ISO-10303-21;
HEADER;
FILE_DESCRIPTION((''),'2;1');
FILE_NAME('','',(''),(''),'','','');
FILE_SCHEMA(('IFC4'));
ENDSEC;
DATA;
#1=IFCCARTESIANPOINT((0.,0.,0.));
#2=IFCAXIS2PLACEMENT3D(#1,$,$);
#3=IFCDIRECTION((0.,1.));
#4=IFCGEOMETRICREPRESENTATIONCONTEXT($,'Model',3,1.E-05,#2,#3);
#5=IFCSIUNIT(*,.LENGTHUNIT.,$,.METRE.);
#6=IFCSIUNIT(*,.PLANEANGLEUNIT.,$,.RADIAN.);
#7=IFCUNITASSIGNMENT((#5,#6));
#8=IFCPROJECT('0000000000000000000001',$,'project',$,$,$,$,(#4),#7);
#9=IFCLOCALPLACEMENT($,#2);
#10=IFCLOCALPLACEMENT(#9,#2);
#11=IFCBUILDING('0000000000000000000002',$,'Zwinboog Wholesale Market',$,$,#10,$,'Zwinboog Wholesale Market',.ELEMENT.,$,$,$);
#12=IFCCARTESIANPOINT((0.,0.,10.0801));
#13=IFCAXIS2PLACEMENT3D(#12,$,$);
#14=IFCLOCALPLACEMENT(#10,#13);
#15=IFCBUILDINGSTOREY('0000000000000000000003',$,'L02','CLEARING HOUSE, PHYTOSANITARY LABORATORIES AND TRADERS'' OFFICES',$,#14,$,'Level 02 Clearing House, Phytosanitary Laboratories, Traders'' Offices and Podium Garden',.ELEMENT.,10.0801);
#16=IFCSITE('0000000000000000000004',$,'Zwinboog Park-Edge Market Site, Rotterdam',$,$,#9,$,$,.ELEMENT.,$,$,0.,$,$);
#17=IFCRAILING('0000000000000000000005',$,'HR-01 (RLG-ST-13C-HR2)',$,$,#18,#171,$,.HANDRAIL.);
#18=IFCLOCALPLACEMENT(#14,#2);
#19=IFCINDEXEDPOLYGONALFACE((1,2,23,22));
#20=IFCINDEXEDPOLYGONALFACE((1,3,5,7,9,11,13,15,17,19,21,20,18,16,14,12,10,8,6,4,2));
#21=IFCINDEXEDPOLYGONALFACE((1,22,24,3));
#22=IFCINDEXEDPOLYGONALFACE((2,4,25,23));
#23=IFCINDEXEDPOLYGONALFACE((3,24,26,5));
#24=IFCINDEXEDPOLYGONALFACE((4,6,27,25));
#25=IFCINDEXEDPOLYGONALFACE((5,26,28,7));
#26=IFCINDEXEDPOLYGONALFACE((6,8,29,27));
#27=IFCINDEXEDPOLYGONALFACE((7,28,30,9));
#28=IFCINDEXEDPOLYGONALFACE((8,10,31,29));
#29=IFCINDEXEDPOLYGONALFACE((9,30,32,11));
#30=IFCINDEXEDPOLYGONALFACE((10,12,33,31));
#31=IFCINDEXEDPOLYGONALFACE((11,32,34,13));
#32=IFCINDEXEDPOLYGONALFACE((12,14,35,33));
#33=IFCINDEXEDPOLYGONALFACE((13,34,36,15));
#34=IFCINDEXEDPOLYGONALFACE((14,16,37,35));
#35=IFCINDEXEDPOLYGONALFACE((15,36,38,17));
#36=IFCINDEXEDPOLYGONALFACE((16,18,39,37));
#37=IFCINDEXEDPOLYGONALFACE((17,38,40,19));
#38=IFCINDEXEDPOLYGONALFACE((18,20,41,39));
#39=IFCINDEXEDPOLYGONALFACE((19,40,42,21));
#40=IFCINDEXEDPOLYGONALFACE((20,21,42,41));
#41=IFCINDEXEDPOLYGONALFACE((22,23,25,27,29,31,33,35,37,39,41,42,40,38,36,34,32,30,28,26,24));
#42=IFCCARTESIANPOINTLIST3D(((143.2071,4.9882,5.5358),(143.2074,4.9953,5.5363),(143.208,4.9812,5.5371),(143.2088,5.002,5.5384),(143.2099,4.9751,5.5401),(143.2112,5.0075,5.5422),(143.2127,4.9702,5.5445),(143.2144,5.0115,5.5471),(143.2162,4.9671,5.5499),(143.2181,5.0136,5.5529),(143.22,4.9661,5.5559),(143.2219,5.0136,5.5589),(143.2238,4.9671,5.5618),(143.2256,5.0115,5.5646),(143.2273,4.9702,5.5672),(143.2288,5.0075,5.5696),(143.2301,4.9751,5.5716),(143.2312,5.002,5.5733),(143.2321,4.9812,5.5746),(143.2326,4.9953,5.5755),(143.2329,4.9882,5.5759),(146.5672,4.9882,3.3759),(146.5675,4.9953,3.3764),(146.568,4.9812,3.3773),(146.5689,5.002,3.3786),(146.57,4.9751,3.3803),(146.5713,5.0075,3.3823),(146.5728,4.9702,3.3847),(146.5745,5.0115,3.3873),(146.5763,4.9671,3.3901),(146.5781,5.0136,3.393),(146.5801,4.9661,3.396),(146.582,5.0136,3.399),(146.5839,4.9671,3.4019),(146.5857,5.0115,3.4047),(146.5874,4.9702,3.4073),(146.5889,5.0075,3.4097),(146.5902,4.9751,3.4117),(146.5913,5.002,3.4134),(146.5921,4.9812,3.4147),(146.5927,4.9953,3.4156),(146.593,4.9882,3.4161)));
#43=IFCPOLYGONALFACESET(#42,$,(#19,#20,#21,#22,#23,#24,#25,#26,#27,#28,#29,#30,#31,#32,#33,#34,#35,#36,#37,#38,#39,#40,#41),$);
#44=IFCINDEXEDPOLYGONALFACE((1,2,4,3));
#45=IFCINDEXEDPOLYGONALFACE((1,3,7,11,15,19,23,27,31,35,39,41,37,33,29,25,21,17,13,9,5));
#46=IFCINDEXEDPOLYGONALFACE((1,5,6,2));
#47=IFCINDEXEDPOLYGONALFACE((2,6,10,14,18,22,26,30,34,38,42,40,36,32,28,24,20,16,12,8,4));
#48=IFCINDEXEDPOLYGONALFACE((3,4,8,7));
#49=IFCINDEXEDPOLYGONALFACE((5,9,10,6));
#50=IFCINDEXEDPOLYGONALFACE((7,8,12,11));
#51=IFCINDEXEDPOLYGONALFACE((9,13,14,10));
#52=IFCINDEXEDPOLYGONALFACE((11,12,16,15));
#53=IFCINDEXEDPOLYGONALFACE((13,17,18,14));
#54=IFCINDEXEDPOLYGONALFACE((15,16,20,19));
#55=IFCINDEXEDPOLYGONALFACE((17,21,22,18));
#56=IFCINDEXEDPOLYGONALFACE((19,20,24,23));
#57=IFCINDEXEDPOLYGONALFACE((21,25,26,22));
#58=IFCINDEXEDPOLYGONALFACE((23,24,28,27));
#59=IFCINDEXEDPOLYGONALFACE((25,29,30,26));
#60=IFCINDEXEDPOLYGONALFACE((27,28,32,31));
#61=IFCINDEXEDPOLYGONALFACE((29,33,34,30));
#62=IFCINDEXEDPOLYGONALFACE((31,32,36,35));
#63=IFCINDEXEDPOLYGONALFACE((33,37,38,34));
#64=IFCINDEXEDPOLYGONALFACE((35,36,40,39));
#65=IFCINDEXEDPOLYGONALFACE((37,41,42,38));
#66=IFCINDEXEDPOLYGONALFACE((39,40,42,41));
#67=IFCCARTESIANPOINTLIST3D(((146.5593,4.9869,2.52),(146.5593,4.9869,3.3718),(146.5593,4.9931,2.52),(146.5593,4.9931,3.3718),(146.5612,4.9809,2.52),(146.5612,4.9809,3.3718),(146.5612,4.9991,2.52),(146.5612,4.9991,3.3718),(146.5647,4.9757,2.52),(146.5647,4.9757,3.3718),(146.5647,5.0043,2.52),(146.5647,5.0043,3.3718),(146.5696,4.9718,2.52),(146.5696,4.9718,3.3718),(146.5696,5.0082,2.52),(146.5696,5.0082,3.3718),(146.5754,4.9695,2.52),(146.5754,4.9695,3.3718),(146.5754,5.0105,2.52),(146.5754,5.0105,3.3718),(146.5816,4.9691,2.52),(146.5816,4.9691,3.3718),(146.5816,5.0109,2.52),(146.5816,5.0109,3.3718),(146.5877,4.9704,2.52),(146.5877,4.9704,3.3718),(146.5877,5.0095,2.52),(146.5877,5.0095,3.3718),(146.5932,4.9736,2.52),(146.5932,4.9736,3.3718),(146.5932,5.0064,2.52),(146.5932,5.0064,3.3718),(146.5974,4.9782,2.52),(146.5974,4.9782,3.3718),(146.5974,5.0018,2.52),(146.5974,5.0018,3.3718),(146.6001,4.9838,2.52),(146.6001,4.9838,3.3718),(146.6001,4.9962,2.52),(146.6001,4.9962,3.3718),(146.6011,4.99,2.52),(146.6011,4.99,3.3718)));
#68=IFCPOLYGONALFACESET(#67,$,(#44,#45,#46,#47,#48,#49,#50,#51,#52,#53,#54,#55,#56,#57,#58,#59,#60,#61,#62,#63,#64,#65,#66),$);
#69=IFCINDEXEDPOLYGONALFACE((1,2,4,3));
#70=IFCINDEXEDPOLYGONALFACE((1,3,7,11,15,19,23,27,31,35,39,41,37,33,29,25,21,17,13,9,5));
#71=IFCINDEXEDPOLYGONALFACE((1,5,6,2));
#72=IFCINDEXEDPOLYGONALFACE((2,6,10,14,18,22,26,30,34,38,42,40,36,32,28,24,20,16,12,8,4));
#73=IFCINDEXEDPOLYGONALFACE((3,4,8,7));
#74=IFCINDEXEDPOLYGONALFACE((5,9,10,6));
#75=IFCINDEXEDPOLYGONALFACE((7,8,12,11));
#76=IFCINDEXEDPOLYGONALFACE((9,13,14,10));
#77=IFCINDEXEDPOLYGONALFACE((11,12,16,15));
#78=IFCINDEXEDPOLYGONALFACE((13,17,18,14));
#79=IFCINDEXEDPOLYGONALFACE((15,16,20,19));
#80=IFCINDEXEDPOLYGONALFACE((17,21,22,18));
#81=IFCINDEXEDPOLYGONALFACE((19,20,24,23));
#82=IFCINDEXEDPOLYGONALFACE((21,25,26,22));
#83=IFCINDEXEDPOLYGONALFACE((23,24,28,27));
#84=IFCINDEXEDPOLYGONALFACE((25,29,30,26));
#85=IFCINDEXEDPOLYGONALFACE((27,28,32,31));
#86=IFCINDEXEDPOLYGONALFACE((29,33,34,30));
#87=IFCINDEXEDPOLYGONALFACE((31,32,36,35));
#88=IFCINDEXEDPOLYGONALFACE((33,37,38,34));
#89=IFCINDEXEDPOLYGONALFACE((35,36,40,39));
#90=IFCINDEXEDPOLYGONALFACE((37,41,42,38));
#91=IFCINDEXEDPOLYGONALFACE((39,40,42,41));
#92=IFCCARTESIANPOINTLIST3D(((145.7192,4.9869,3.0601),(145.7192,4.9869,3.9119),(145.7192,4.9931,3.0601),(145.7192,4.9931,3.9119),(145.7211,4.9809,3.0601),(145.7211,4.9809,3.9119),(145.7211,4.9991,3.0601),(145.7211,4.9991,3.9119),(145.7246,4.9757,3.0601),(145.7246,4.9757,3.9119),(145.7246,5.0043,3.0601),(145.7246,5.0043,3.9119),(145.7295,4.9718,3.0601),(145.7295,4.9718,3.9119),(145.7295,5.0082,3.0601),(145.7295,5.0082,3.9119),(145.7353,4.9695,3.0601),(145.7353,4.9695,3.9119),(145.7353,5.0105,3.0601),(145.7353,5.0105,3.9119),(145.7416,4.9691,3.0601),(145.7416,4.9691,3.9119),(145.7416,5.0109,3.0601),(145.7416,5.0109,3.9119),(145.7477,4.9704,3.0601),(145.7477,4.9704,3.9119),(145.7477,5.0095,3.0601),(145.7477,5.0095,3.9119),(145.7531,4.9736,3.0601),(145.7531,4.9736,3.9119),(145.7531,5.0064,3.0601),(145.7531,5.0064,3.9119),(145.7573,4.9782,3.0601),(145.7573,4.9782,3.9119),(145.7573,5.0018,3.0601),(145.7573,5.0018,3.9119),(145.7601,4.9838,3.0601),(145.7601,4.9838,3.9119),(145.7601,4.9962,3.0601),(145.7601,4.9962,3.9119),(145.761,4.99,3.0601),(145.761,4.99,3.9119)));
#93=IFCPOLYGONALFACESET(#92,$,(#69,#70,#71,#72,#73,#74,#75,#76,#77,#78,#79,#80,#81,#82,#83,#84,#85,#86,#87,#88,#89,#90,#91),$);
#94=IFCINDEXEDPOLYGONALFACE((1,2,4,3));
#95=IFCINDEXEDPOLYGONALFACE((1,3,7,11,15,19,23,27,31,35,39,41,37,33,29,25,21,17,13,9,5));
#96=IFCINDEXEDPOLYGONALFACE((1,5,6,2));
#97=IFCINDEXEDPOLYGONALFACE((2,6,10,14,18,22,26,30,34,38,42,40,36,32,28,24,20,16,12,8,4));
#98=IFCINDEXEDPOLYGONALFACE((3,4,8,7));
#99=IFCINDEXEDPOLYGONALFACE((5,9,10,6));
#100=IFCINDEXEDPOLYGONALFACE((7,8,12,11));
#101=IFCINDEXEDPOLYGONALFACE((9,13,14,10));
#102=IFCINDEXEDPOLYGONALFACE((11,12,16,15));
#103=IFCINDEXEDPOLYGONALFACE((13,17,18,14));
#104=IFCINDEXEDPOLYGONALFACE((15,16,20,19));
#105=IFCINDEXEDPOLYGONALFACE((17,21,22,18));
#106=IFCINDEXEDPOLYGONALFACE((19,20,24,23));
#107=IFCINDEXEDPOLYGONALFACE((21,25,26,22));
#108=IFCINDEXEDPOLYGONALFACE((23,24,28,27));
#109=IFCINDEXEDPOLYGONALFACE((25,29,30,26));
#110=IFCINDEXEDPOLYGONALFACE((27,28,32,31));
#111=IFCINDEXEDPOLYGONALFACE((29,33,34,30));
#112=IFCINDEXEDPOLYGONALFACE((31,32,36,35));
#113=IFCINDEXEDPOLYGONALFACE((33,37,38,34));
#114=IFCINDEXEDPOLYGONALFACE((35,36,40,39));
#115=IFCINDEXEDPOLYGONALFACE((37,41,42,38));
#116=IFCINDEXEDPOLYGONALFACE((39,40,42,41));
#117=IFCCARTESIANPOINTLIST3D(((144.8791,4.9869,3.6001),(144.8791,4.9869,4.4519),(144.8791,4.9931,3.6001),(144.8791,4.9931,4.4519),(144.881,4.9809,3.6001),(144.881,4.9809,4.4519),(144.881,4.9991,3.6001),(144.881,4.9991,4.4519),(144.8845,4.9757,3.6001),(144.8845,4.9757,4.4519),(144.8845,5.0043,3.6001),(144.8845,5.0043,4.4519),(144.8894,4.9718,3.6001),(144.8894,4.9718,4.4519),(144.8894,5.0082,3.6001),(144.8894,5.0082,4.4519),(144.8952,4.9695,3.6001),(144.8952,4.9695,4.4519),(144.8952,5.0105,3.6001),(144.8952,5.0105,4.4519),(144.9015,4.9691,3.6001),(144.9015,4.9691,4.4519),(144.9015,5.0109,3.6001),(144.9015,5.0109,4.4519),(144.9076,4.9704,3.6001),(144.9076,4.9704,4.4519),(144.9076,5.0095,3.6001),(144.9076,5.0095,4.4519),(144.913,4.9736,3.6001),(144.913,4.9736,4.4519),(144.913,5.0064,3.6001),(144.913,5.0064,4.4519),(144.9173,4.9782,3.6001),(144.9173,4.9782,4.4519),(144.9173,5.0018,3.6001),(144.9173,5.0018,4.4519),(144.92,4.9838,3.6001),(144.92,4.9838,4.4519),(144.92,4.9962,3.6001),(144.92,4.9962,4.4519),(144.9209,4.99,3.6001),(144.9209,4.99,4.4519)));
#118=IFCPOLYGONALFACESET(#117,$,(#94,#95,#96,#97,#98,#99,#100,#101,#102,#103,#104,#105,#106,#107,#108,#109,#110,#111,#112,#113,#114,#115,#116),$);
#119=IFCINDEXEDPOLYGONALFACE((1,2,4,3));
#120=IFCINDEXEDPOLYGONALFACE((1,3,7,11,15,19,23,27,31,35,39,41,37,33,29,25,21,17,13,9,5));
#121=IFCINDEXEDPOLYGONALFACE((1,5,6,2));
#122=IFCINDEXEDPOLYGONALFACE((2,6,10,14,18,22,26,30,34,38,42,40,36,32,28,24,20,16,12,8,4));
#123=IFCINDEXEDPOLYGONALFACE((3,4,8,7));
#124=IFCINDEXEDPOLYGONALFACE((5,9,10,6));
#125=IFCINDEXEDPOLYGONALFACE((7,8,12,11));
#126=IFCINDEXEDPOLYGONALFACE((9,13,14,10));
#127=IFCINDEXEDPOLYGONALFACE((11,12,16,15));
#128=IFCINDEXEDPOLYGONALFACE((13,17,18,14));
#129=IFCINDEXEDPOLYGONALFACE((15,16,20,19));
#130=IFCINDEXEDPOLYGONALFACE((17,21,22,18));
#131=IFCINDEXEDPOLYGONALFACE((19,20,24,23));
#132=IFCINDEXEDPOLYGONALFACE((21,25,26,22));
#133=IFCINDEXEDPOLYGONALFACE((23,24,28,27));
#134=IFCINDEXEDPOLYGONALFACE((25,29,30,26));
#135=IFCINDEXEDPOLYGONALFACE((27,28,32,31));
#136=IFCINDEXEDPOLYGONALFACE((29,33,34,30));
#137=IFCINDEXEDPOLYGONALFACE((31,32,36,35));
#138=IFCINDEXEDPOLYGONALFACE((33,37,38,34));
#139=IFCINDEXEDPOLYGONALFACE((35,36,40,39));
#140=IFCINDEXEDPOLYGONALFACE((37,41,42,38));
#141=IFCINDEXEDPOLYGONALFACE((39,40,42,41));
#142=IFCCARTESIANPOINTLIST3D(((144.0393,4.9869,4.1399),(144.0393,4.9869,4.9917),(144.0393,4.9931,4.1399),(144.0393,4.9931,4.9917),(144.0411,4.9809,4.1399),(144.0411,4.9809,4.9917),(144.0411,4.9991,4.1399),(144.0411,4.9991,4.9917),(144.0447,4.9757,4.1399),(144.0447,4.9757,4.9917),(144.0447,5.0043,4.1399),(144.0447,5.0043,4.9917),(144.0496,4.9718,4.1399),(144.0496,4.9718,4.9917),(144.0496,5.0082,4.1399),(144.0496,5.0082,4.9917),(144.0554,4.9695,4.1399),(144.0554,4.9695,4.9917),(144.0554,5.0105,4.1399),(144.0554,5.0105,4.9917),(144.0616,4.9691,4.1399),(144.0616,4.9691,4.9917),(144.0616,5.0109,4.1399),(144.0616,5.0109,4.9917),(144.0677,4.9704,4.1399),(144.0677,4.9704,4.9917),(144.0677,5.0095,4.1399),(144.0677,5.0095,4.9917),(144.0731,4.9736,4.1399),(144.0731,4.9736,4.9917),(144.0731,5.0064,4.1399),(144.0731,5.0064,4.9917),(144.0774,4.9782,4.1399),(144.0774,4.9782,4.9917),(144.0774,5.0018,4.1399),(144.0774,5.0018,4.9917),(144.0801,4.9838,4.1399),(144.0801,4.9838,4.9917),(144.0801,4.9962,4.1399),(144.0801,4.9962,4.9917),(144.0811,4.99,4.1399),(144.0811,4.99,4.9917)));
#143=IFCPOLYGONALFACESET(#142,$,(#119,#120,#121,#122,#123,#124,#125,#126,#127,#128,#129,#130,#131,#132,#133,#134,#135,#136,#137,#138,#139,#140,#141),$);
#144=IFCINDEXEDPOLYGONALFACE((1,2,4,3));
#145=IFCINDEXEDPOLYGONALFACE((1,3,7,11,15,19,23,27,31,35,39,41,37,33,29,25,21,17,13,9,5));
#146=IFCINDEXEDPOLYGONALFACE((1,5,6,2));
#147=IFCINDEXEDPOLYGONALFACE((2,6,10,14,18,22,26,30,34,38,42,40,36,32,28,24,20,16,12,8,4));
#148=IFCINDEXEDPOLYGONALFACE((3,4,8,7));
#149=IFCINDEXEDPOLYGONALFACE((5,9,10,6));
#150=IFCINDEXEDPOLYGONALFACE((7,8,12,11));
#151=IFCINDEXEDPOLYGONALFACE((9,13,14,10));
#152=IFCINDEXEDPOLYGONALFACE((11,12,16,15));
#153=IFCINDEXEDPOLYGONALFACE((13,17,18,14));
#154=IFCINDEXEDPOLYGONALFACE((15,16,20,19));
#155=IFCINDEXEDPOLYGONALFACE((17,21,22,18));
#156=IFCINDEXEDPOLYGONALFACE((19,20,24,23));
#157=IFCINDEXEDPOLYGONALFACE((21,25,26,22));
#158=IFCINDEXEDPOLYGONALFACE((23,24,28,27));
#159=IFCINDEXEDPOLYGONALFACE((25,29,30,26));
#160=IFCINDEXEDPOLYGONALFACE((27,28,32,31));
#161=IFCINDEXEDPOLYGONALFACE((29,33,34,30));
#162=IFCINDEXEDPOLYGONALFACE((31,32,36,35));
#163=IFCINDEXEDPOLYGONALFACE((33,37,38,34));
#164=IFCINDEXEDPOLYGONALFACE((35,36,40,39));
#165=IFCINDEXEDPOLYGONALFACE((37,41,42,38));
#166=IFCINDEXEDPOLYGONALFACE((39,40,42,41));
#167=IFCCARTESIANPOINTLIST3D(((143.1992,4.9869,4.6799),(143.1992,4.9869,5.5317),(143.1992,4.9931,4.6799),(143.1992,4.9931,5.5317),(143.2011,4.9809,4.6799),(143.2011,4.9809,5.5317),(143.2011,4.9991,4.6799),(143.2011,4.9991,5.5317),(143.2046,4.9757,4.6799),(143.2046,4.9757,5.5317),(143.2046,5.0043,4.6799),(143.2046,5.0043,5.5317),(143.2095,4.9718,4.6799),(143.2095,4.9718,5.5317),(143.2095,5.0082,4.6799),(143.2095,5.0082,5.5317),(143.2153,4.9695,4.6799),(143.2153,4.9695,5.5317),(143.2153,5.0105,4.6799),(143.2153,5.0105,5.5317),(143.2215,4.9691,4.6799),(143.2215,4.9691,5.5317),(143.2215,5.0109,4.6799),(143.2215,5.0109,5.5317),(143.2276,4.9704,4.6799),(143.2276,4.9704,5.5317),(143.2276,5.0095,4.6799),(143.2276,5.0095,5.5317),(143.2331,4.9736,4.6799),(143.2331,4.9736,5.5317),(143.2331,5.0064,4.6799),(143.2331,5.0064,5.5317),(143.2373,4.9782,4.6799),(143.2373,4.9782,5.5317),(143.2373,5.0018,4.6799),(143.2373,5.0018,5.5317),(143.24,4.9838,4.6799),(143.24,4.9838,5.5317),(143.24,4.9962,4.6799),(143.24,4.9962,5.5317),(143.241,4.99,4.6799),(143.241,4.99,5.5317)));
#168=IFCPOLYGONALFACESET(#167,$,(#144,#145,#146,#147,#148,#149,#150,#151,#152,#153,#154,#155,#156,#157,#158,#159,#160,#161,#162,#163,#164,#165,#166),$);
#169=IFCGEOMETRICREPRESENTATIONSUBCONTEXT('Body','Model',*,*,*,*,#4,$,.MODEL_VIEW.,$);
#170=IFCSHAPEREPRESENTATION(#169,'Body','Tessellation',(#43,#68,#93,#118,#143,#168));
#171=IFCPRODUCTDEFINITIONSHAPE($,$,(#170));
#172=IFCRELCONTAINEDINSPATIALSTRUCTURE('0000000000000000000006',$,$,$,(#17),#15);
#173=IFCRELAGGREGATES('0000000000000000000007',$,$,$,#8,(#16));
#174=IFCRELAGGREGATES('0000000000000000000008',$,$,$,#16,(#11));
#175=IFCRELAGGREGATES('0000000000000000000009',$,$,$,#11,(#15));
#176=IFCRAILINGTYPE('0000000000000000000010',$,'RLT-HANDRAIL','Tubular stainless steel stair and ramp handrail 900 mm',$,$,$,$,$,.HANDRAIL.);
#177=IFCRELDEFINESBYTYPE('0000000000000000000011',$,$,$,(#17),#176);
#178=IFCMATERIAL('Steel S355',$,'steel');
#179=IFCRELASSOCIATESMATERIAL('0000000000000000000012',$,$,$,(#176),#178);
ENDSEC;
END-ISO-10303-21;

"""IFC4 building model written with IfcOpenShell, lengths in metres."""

from ifc_helpers import new_model, si_unit, direction, frame, origin, origin_2d, place, context, subcontext, project, spatial, circle, extrude, material, type_object, element, save


model = new_model("IFC4")

# Units and contexts
model_context = context("Model", 3, precision=1e-05, world=origin(), true_north=direction((0.0, 1.0)))
body_context = subcontext(model_context, "Body", "Model", "MODEL_VIEW")
ifc_project = project(units=[si_unit("LENGTHUNIT", "METRE"), si_unit("PLANEANGLEUNIT", "RADIAN")], contexts=[model_context])

# Site, building, storey
site_placement = place(None, origin())
site = spatial("IfcSite", under=ifc_project, at=site_placement, Name="Zwinboog Park-Edge Market Site, Rotterdam", CompositionType="ELEMENT", RefElevation=0.0)
building_placement = place(site_placement, origin())
building = spatial("IfcBuilding", under=site, at=building_placement, Name="Zwinboog Wholesale Market", LongName="Zwinboog Wholesale Market", CompositionType="ELEMENT")
storey_placement = place(building_placement, frame((0.0, 0.0, 10.0801)))
storey = spatial("IfcBuildingStorey", under=building, at=storey_placement, Name="L02", Description="CLEARING HOUSE, PHYTOSANITARY LABORATORIES AND TRADERS' OFFICES", LongName="Level 02 Clearing House, Phytosanitary Laboratories, Traders' Offices and Podium Garden", CompositionType="ELEMENT", Elevation=10.0801)

# Shared definitions
ifc_material_1 = material(Name="Steel S355", Category="steel")

# Railing
railing_type_1 = type_object("IfcRailingType", Name="RLT-HANDRAIL", Description="Tubular stainless steel stair and ramp handrail 900 mm", PredefinedType="HANDRAIL", material=ifc_material_1)
railing_1_placement = place(storey_placement, frame((146.5801, 4.99, 2.52)))
element("IfcRailing", 1, at=railing_1_placement, inside=storey, type_object=railing_type_1, Name="HR-01 (RLG-ST-13C-HR2)", PredefinedType="HANDRAIL", context=body_context, shape_type="SweptSolid", body=[
    extrude(circle(Radius=0.0239, at=origin_2d()), frame((0.0, 0.0, 0.876), z_axis=(-0.841196, 0.0, 0.54073), x_axis=(0.0, -1.0, 0.0)), (0.0, 0.0, 1.0), 3.9944),
    extrude(circle(Radius=0.021, at=origin_2d()), origin(), (0.0, 0.0, 1.0), 0.8518),
    extrude(circle(Radius=0.021, at=origin_2d()), frame((-0.8401, 0.0, 0.54)), (0.0, 0.0, 1.0), 0.8518),
    extrude(circle(Radius=0.021, at=origin_2d()), frame((-1.6802, 0.0, 1.0801)), (0.0, 0.0, 1.0), 0.8518),
    extrude(circle(Radius=0.021, at=origin_2d()), frame((-2.52, 0.0, 1.6199)), (0.0, 0.0, 1.0), 0.8518),
    extrude(circle(Radius=0.021, at=origin_2d()), frame((-3.3601, 0.0, 2.1599)), (0.0, 0.0, 1.0), 0.8518),
])

save(model, "model.ifc")
